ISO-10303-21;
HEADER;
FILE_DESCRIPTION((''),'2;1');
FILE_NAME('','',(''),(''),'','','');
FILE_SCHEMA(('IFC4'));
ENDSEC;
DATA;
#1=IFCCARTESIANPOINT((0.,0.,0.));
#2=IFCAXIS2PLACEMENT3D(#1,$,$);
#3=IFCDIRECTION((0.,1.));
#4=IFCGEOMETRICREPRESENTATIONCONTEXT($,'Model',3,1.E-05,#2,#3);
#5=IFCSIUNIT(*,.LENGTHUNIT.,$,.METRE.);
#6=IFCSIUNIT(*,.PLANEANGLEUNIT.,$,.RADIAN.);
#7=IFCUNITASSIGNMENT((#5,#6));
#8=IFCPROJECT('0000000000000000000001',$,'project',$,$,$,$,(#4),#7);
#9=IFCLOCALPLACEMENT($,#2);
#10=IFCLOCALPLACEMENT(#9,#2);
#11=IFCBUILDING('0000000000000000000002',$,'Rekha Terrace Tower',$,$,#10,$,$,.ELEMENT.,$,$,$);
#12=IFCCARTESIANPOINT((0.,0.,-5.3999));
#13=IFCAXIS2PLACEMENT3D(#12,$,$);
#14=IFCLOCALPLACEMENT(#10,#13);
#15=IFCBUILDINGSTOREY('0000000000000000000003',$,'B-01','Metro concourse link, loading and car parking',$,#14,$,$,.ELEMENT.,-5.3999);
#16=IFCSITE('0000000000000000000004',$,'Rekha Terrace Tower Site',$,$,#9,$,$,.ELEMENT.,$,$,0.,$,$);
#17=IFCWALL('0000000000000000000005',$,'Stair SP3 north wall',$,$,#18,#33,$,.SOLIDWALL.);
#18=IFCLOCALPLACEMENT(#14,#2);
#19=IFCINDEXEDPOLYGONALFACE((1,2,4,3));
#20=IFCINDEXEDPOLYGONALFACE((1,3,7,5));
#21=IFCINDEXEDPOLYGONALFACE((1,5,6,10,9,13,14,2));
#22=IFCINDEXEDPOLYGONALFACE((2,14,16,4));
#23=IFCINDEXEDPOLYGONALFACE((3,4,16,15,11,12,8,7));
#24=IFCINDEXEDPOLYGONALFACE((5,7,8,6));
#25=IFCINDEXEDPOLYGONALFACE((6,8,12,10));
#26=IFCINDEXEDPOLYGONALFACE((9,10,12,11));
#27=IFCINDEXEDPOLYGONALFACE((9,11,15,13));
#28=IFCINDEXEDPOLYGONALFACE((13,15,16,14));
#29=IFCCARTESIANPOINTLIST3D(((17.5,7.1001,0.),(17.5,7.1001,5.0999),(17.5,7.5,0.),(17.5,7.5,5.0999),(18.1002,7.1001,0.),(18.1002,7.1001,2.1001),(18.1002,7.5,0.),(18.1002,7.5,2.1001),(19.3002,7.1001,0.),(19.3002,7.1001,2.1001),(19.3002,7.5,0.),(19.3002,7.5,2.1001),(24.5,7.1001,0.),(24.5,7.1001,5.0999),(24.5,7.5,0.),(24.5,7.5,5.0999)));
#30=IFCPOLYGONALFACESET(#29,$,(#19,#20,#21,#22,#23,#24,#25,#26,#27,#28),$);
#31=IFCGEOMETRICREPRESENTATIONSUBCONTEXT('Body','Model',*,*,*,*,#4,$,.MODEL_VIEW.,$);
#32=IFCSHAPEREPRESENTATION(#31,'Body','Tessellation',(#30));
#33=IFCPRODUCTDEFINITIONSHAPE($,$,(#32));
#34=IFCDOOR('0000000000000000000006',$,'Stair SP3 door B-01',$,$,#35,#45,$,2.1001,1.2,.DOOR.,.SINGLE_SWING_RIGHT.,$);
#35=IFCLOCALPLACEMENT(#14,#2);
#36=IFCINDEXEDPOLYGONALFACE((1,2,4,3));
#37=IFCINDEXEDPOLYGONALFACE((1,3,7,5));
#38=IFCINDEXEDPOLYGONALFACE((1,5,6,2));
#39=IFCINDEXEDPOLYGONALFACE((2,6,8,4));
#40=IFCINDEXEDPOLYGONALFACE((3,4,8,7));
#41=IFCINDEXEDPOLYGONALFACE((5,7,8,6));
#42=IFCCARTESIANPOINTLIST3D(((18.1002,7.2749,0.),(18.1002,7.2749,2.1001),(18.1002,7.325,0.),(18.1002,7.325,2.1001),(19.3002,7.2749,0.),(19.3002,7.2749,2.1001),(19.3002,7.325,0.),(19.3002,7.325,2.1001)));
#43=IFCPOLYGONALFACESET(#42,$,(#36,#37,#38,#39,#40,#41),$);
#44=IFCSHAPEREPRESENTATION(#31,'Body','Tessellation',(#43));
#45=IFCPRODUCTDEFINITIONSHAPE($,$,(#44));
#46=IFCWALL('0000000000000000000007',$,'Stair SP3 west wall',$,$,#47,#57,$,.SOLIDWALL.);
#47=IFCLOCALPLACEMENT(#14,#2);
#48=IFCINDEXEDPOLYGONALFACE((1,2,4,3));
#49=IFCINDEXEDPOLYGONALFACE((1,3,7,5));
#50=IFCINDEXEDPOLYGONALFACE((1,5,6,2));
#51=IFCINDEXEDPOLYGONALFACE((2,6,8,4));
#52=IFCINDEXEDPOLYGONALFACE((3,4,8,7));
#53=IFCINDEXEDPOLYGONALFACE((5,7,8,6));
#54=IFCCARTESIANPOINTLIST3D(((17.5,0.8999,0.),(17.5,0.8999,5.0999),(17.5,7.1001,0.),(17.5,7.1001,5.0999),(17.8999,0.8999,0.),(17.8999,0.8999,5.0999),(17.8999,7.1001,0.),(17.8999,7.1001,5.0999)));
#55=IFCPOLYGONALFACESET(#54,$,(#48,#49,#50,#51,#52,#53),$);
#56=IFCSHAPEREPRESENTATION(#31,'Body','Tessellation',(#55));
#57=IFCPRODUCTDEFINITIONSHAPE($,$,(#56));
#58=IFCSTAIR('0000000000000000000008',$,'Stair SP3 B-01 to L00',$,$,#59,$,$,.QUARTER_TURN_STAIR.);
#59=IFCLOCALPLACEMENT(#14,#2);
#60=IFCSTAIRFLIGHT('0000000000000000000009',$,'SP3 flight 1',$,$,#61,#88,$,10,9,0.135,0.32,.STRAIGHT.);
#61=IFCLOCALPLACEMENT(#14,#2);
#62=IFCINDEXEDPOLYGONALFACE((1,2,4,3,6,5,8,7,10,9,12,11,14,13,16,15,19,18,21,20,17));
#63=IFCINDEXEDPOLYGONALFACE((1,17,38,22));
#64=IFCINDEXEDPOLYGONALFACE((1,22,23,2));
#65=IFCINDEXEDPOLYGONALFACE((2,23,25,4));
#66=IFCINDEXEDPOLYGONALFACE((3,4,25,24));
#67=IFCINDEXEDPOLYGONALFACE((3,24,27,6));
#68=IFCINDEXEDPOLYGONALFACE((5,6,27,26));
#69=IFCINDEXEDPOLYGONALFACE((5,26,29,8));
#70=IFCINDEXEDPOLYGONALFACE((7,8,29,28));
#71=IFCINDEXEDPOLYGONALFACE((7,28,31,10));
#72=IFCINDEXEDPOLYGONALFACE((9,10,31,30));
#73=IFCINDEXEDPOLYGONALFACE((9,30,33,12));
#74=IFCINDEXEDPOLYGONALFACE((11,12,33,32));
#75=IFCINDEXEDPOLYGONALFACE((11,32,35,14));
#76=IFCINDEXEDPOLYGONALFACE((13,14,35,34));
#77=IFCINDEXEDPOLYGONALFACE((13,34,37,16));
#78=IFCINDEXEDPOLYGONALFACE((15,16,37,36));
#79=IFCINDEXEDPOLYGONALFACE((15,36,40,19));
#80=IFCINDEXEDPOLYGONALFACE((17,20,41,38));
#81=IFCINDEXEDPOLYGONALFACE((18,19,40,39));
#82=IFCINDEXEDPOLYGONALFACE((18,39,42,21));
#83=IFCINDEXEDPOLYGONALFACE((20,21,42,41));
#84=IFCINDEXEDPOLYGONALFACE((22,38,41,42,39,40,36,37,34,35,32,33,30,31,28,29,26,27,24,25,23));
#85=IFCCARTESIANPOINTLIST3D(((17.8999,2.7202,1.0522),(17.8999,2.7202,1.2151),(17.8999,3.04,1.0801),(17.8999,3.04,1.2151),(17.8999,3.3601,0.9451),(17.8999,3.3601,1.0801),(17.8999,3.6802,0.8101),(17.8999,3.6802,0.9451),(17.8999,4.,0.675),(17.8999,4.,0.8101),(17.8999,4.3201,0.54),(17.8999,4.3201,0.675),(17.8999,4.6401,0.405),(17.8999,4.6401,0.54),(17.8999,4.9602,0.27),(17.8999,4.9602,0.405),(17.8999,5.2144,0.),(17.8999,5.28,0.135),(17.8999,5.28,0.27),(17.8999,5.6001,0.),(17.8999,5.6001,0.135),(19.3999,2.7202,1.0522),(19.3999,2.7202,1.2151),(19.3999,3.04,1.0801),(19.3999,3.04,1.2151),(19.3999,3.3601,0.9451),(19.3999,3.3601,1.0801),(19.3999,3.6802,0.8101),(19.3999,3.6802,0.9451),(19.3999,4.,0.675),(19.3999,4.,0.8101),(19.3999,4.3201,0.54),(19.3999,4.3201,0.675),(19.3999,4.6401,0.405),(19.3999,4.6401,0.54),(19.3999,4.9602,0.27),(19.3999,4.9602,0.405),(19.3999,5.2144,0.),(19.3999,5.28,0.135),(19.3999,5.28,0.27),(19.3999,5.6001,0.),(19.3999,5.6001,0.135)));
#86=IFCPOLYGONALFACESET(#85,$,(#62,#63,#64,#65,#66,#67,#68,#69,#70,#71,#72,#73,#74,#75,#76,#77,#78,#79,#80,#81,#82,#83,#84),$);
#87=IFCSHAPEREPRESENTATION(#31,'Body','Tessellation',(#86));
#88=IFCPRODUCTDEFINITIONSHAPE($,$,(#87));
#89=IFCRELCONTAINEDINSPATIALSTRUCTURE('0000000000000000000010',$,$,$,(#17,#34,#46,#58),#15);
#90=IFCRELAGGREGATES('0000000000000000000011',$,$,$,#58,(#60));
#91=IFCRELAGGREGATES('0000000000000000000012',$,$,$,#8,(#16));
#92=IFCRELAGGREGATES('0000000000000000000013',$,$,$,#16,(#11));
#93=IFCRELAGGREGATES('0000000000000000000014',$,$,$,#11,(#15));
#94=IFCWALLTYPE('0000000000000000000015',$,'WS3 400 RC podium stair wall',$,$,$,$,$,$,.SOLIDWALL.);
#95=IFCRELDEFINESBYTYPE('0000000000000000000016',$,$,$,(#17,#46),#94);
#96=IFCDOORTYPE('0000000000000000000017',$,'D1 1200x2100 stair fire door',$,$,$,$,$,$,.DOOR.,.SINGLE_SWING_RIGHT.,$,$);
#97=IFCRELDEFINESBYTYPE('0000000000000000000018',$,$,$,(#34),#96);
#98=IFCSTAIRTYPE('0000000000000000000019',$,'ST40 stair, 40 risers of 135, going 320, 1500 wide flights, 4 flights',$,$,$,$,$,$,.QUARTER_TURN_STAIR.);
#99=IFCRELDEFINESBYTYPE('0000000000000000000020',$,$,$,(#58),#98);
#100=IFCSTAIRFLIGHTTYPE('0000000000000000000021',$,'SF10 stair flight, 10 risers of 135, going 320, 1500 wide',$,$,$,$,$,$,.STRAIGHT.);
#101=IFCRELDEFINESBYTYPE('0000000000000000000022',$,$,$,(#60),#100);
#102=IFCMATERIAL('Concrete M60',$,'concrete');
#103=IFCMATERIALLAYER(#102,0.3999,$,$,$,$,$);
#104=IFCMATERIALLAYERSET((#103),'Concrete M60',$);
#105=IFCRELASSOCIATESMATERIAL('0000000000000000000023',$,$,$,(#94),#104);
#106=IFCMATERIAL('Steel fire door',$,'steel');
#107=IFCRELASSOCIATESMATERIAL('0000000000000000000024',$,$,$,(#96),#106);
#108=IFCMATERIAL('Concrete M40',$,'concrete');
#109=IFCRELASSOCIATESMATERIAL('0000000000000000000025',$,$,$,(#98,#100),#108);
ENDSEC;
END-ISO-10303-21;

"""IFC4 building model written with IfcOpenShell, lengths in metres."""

from ifc_helpers import new_model, si_unit, direction, frame, frame_2d, origin, place, context, subcontext, project, spatial, polyline, rectangle, outline, extrude, material, layer, layer_set, type_object, element, fill, aggregate, save


model = new_model("IFC4")

# Units and contexts
model_context = context("Model", 3, precision=1e-05, world=origin(), true_north=direction((0.0, 1.0)))
body_context = subcontext(model_context, "Body", "Model", "MODEL_VIEW")
ifc_project = project(units=[si_unit("LENGTHUNIT", "METRE"), si_unit("PLANEANGLEUNIT", "RADIAN")], contexts=[model_context])

# Site, building, storey
site_placement = place(None, origin())
site = spatial("IfcSite", under=ifc_project, at=site_placement, Name="Rekha Terrace Tower Site", CompositionType="ELEMENT", RefElevation=0.0)
building_placement = place(site_placement, origin())
building = spatial("IfcBuilding", under=site, at=building_placement, Name="Rekha Terrace Tower", CompositionType="ELEMENT")
storey_placement = place(building_placement, frame((0.0, 0.0, -5.3999)))
storey = spatial("IfcBuildingStorey", under=building, at=storey_placement, Name="B-01", Description="Metro concourse link, loading and car parking", CompositionType="ELEMENT", Elevation=-5.3999)

# Shared definitions
ifc_material_1 = material(Name="Concrete M60", Category="concrete")

# Shared definitions
ifc_material_2 = material(Name="Concrete M40", Category="concrete")
ifc_layer_1 = layer(ifc_material_1, 0.3999)
ifc_layer_set_1 = layer_set([ifc_layer_1], Name="Concrete M60")
wall_type_1 = type_object("IfcWallType", Name="WS3 400 RC podium stair wall", PredefinedType="SOLIDWALL", material=ifc_layer_set_1)

# Wall, opening, door
wall_1_placement = place(storey_placement, frame((17.5, 7.3, 0.0), z_axis=(0.0, 0.0, 1.0), x_axis=(1.0, 0.0, 0.0)))
wall_1 = element("IfcWall", 1, at=wall_1_placement, inside=storey, type_object=wall_type_1, Name="Stair SP3 north wall", PredefinedType="SOLIDWALL", context=body_context, shape_type="SweptSolid", body=[
    extrude(rectangle(XDim=7.0, YDim=0.3999, at=frame_2d((3.5, 0.0))), origin(), (0.0, 0.0, 1.0), 5.0999),
])
opening_placement = place(wall_1_placement, frame((0.6001, 0.0, 0.0)))
opening = element("IfcOpeningElement", 2, at=opening_placement, cuts=wall_1, PredefinedType="OPENING", context=body_context, shape_type="SweptSolid", body=[
    extrude(rectangle(XDim=1.2, YDim=2.1001, at=frame_2d((0.6001, 1.05))), frame((0.0, 0.21, 0.0), z_axis=(0.0, -1.0, 0.0), x_axis=(1.0, 0.0, 0.0)), (0.0, 0.0, 1.0), 0.4199),
])
ifc_material_3 = material(Name="Steel fire door", Category="steel")
door_type = type_object("IfcDoorType", Name="D1 1200x2100 stair fire door", OperationType="SINGLE_SWING_RIGHT", PredefinedType="DOOR", material=ifc_material_3)
door_placement = place(opening_placement, origin())
door = element("IfcDoor", 3, at=door_placement, inside=storey, type_object=door_type, Name="Stair SP3 door B-01", OperationType="SINGLE_SWING_RIGHT", OverallHeight=2.1001, OverallWidth=1.2, PredefinedType="DOOR", context=body_context, shape_type="SweptSolid", body=[
    extrude(rectangle(XDim=1.2, YDim=2.1001, at=frame_2d((0.6001, 1.05))), frame((0.0, 0.0249, 0.0), z_axis=(0.0, -1.0, 0.0), x_axis=(1.0, 0.0, 0.0)), (0.0, 0.0, 1.0), 0.05),
])
fill(opening, door)

# Wall
wall_2_placement = place(storey_placement, frame((17.7, 0.8999, 0.0), z_axis=(0.0, 0.0, 1.0), x_axis=(0.0, 1.0, 0.0)))
element("IfcWall", 4, at=wall_2_placement, inside=storey, type_object=wall_type_1, Name="Stair SP3 west wall", PredefinedType="SOLIDWALL", context=body_context, shape_type="SweptSolid", body=[
    extrude(rectangle(XDim=6.2002, YDim=0.3999, at=frame_2d((3.1001, 0.0))), origin(), (0.0, 0.0, 1.0), 5.0999),
])

# Stair, stair flight
stair_type = type_object("IfcStairType", Name="ST40 stair, 40 risers of 135, going 320, 1500 wide flights, 4 flights", PredefinedType="QUARTER_TURN_STAIR", material=ifc_material_2)
stair_placement = place(storey_placement, origin())
stair = element("IfcStair", 5, at=stair_placement, inside=storey, type_object=stair_type, Name="Stair SP3 B-01 to L00", PredefinedType="QUARTER_TURN_STAIR")
stair_flight_type = type_object("IfcStairFlightType", Name="SF10 stair flight, 10 risers of 135, going 320, 1500 wide", PredefinedType="STRAIGHT", material=ifc_material_2)
stair_flight_placement = place(storey_placement, frame((18.6499, 5.6001, 0.0), z_axis=(0.0, 0.0, 1.0), x_axis=(0.0, -1.0, 0.0)))
stair_flight = element("IfcStairFlight", 6, at=stair_flight_placement, type_object=stair_flight_type, Name="SP3 flight 1", NumberOfRisers=10, NumberOfTreads=9, PredefinedType="STRAIGHT", RiserHeight=0.135, TreadLength=0.32, context=body_context, shape_type="SweptSolid", body=[
    extrude(outline(polyline([(0.0, 0.0), (0.0, 0.135), (0.3201, 0.135), (0.3201, 0.27), (0.6399, 0.27), (0.6399, 0.405), (0.96, 0.405), (0.96, 0.54), (1.28, 0.54), (1.28, 0.675), (1.6001, 0.675), (1.6001, 0.8101), (1.9199, 0.8101), (1.9199, 0.9451), (2.24, 0.9451), (2.24, 1.0801), (2.5601, 1.0801), (2.5601, 1.2151), (2.8799, 1.2151), (2.8799, 1.3501), (2.8799, 1.0522), (0.3857, 0.0), (0.0, 0.0)])), frame((0.0, 0.75, 0.0), z_axis=(0.0, -1.0, 0.0), x_axis=(1.0, 0.0, 0.0)), (0.0, 0.0, 1.0), 1.5),
])
aggregate(stair, [stair_flight])

save(model, "model.ifc")
